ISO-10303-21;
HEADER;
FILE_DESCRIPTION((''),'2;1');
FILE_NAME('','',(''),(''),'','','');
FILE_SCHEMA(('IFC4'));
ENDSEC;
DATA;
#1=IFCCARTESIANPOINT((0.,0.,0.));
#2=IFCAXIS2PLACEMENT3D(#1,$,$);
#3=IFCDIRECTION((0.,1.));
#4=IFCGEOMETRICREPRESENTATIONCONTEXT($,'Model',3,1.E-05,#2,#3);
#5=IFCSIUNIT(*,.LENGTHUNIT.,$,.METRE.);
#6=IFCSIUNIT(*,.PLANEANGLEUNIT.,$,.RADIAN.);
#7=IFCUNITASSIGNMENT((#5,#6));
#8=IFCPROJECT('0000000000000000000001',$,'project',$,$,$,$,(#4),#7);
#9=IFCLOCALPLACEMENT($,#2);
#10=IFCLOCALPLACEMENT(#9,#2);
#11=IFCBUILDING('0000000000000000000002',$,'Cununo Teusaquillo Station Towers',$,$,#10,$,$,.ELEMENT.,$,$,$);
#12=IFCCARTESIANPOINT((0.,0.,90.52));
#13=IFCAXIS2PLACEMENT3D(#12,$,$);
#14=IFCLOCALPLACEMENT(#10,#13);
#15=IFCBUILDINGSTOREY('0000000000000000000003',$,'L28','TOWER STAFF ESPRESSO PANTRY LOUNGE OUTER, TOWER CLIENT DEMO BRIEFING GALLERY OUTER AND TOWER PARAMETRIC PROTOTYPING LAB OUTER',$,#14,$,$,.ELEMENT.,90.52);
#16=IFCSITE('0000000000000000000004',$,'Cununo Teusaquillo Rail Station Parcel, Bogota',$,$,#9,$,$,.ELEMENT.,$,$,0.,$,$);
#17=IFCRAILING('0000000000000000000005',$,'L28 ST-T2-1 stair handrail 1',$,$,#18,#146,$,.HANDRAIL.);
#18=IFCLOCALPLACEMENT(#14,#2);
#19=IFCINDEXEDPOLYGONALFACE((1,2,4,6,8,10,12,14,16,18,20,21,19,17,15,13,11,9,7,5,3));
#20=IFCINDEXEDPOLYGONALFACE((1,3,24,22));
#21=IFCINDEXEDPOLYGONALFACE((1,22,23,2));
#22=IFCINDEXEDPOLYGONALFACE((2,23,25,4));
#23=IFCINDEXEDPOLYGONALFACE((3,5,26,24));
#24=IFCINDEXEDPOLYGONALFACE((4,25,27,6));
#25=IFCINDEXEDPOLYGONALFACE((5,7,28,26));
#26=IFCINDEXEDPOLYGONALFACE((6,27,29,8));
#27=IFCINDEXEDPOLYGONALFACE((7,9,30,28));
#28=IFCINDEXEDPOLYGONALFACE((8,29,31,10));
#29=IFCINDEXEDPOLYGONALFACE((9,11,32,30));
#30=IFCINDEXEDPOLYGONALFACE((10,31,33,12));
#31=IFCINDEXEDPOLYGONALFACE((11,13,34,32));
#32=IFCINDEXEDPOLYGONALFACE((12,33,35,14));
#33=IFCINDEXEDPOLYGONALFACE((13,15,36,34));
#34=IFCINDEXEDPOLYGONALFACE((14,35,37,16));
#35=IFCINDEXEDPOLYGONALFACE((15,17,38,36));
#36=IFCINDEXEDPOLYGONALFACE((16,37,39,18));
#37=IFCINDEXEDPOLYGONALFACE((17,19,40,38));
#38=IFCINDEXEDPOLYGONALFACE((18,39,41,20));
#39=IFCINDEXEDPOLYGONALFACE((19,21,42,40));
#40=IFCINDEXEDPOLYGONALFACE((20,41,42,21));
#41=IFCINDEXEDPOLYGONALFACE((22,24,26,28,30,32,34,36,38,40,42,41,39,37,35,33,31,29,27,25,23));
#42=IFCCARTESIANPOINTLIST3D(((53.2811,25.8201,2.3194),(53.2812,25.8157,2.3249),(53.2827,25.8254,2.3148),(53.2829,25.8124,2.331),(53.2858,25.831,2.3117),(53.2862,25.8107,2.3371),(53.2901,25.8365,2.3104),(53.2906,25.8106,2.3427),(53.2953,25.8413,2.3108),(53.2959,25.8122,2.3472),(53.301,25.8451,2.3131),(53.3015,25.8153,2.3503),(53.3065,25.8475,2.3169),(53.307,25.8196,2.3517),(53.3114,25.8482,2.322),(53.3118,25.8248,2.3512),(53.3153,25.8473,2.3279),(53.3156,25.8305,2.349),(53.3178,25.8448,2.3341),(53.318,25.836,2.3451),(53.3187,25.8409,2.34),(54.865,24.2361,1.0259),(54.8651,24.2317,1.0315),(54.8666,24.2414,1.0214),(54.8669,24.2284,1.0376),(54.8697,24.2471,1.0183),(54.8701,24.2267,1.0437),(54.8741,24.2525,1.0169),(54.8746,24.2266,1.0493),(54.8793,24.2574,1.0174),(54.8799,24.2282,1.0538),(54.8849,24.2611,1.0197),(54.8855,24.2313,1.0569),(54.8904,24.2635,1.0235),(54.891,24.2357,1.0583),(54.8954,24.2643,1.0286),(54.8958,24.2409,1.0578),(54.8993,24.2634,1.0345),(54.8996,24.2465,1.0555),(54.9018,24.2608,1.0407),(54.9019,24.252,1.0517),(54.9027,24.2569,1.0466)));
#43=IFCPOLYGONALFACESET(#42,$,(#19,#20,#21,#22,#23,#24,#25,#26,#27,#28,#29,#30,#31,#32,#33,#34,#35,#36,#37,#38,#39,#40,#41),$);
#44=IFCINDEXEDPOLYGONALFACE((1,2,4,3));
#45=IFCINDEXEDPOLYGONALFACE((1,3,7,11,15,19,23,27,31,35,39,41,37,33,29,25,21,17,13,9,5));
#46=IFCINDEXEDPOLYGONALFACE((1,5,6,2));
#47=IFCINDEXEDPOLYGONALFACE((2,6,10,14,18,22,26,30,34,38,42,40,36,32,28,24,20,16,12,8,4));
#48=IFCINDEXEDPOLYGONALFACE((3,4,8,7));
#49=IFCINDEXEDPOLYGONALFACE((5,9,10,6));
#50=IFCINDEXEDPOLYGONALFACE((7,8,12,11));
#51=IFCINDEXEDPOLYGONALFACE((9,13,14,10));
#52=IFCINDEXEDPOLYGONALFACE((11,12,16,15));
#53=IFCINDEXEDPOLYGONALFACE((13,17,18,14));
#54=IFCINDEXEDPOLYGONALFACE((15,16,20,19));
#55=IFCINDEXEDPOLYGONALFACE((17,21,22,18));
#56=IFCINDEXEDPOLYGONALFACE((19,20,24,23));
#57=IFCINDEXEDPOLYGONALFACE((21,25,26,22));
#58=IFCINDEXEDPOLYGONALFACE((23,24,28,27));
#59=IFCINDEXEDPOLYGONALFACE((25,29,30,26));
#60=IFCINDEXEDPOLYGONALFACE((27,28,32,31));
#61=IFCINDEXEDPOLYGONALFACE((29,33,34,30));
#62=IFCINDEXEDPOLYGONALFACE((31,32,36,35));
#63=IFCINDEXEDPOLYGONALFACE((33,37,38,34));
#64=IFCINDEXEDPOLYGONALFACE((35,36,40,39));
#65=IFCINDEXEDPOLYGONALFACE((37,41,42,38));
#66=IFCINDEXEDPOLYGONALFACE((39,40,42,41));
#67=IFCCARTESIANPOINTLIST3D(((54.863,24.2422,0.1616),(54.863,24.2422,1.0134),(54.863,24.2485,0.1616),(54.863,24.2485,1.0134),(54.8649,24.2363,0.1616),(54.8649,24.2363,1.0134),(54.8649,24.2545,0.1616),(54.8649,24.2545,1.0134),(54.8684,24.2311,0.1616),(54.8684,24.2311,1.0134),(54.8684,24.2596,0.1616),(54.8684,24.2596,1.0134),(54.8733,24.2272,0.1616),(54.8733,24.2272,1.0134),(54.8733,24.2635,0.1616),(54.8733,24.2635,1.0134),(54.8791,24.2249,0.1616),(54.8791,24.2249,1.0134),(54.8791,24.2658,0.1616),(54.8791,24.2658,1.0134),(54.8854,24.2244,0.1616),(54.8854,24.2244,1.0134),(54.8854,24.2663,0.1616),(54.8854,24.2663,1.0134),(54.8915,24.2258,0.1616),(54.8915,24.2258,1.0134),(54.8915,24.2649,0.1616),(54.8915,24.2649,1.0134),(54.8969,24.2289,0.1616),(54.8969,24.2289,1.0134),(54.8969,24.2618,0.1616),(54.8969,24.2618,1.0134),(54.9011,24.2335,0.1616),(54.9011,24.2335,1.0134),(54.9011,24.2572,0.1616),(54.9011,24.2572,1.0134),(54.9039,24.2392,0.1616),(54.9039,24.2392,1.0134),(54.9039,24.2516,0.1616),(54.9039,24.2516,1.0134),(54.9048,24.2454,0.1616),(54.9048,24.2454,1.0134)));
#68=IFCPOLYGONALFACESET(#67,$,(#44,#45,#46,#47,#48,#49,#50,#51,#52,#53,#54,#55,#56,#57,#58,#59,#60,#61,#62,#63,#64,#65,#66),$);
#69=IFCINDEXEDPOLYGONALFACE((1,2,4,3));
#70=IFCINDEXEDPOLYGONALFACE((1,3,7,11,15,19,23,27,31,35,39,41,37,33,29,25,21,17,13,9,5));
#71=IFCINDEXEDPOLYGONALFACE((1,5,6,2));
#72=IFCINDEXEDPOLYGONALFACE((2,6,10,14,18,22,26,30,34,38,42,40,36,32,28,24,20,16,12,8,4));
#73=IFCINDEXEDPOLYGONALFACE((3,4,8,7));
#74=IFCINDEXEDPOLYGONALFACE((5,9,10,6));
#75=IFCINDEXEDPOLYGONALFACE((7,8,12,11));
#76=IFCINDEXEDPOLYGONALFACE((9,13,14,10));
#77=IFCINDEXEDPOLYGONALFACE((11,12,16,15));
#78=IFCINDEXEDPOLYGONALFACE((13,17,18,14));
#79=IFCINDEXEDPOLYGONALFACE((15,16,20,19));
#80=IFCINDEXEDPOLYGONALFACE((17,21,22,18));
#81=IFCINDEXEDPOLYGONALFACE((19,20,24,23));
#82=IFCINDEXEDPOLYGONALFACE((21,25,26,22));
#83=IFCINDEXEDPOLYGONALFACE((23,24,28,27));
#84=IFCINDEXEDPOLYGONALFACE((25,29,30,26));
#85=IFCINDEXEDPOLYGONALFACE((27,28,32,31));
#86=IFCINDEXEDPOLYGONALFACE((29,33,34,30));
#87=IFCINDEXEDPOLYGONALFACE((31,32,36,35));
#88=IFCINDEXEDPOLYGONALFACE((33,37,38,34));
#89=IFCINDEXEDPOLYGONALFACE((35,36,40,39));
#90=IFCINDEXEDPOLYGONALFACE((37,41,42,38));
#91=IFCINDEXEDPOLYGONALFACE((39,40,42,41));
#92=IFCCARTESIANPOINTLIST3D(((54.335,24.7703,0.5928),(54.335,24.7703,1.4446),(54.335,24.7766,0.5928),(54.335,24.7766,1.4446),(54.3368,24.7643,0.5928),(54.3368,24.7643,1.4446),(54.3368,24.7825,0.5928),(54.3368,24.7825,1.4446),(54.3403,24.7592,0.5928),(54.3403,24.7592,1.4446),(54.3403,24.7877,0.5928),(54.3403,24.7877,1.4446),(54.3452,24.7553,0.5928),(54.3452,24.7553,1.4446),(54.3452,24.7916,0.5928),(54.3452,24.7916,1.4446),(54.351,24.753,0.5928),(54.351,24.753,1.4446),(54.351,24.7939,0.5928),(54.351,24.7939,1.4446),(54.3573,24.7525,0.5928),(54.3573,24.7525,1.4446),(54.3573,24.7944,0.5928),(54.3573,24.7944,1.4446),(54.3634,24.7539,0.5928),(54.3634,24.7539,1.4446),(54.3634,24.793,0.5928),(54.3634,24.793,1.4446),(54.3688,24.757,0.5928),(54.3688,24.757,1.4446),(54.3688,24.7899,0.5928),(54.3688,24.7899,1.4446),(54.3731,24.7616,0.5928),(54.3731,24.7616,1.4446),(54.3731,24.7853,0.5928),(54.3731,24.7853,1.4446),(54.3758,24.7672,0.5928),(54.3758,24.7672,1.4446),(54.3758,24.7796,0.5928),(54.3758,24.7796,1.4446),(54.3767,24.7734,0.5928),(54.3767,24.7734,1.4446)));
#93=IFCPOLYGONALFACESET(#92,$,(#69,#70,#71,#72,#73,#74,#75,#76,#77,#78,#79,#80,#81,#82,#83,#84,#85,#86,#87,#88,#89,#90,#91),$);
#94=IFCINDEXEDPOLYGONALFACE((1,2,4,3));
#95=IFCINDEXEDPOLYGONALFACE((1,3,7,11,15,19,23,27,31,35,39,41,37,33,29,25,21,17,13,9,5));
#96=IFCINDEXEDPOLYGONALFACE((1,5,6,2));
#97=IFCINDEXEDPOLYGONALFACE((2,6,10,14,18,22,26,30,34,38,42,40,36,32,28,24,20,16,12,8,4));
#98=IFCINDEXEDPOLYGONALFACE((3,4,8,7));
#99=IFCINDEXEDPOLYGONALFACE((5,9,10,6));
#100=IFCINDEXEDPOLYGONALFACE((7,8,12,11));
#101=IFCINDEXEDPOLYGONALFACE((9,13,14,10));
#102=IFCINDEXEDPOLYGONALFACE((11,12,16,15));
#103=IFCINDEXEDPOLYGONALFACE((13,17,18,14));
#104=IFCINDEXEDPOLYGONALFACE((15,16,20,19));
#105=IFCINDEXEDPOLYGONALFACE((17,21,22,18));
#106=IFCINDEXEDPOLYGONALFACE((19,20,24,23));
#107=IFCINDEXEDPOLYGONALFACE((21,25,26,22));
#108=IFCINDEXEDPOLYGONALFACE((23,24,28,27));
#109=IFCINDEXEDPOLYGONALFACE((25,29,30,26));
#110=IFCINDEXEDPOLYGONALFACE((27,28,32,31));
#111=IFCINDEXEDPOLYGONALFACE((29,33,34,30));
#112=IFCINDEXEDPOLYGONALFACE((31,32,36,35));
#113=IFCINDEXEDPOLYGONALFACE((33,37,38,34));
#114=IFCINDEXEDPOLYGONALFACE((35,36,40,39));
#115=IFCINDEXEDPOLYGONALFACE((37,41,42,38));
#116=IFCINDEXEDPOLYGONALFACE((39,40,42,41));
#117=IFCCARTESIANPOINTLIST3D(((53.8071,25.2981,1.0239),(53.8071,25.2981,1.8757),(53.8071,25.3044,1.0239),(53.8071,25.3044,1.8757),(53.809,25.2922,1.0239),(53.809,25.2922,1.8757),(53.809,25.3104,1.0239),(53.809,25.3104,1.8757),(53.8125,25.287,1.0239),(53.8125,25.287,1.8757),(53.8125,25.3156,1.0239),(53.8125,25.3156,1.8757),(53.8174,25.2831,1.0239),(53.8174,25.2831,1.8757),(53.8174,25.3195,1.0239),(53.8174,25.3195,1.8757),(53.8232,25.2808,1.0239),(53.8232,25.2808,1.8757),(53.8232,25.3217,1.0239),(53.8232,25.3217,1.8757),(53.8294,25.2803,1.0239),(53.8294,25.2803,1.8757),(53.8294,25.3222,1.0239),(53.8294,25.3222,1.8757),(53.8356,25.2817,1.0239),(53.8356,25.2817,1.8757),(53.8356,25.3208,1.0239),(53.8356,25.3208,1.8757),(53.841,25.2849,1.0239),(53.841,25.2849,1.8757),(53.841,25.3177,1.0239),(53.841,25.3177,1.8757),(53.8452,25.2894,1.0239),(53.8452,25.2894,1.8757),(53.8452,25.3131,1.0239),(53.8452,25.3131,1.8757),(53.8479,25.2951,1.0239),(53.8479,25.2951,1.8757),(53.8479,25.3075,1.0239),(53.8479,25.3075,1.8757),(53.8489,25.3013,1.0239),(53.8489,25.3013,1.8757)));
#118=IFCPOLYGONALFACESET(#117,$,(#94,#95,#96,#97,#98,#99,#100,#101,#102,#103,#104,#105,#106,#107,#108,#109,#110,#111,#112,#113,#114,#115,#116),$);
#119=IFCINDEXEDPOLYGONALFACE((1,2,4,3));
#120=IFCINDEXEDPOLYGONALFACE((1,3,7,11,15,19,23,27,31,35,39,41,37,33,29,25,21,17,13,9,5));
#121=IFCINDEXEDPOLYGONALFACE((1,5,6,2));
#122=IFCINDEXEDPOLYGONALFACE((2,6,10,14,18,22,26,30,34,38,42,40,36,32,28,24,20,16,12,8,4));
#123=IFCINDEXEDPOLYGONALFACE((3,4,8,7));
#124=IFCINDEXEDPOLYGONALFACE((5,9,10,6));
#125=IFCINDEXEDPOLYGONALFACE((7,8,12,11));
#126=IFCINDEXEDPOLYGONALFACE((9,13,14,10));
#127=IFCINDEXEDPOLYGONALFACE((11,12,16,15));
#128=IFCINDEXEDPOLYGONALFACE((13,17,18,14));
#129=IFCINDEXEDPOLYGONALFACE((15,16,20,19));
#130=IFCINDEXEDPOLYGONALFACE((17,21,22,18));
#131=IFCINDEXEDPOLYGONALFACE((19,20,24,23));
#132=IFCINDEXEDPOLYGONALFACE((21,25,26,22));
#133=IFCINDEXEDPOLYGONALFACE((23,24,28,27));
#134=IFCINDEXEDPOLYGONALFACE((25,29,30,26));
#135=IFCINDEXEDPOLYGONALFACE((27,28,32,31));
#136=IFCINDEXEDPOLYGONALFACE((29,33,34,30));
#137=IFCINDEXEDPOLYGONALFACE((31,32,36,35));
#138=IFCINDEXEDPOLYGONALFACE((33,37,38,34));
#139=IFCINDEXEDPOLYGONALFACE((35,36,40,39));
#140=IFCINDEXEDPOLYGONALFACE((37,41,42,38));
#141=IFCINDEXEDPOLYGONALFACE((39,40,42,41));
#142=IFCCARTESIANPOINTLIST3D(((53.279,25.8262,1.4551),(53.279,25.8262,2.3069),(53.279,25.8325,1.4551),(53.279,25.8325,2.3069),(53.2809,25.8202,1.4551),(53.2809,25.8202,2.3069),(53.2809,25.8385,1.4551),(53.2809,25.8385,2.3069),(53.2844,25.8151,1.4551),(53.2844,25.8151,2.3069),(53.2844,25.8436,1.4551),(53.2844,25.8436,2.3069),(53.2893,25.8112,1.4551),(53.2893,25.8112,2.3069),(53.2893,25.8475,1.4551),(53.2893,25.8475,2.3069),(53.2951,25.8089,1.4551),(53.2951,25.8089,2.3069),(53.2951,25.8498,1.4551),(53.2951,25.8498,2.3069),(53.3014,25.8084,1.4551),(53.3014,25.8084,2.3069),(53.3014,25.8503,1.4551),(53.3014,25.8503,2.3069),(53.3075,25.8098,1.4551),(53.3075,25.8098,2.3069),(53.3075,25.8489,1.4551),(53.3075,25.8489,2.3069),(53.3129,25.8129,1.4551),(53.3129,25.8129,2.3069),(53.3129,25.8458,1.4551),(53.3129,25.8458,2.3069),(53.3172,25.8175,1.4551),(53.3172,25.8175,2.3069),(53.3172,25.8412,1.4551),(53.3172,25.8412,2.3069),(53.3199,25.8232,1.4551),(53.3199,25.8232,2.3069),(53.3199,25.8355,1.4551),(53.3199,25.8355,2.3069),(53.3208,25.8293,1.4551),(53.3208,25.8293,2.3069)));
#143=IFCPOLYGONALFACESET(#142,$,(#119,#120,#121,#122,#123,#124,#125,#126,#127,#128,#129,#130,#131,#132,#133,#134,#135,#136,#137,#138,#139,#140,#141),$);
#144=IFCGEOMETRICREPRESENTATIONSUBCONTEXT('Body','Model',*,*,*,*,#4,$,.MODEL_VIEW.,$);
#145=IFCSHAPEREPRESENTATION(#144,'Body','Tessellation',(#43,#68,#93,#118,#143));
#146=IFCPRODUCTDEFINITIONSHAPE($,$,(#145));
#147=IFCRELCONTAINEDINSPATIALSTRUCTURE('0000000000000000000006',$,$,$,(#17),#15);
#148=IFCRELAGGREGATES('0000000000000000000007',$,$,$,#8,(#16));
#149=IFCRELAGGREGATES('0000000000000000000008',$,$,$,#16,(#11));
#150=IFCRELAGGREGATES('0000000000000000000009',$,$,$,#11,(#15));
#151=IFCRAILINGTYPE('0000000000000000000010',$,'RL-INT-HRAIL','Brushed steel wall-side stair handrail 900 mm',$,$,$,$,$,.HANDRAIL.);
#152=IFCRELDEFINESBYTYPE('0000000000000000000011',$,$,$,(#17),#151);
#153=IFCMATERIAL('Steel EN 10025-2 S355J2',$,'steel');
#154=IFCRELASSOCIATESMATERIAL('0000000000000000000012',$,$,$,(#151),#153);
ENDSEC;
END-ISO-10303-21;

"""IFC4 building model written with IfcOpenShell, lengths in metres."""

from ifc_helpers import new_model, si_unit, direction, frame, origin, origin_2d, place, context, subcontext, project, spatial, circle, extrude, material, type_object, element, save


model = new_model("IFC4")

# Units and contexts
model_context = context("Model", 3, precision=1e-05, world=origin(), true_north=direction((0.0, 1.0)))
body_context = subcontext(model_context, "Body", "Model", "MODEL_VIEW")
ifc_project = project(units=[si_unit("LENGTHUNIT", "METRE"), si_unit("PLANEANGLEUNIT", "RADIAN")], contexts=[model_context])

# Site, building, storey
site_placement = place(None, origin())
site = spatial("IfcSite", under=ifc_project, at=site_placement, Name="Cununo Teusaquillo Rail Station Parcel, Bogota", CompositionType="ELEMENT", RefElevation=0.0)
building_placement = place(site_placement, origin())
building = spatial("IfcBuilding", under=site, at=building_placement, Name="Cununo Teusaquillo Station Towers", CompositionType="ELEMENT")
storey_placement = place(building_placement, frame((0.0, 0.0, 90.52)))
storey = spatial("IfcBuildingStorey", under=building, at=storey_placement, Name="L28", Description="TOWER STAFF ESPRESSO PANTRY LOUNGE OUTER, TOWER CLIENT DEMO BRIEFING GALLERY OUTER AND TOWER PARAMETRIC PROTOTYPING LAB OUTER", CompositionType="ELEMENT", Elevation=90.52)

# Railing
ifc_material_1 = material(Name="Steel EN 10025-2 S355J2", Category="steel")
railing_type_1 = type_object("IfcRailingType", Name="RL-INT-HRAIL", Description="Brushed steel wall-side stair handrail 900 mm", PredefinedType="HANDRAIL", material=ifc_material_1)
railing_1_placement = place(storey_placement, frame((54.8838, 24.2454, 0.1616)))
element("IfcRailing", 1, at=railing_1_placement, inside=storey, type_object=railing_type_1, Name="L28 ST-T2-1 stair handrail 1", PredefinedType="HANDRAIL", context=body_context, shape_type="SweptSolid", body=[
    extrude(circle(Radius=0.0239, at=origin_2d()), frame((0.0, 0.0, 0.876), z_axis=(-0.612356, 0.612356, 0.50004), x_axis=(-0.707107, -0.707107, 0.0)), (0.0, 0.0, 1.0), 2.5867),
    extrude(circle(Radius=0.021, at=origin_2d()), origin(), (0.0, 0.0, 1.0), 0.8518),
    extrude(circle(Radius=0.021, at=origin_2d()), frame((-0.5281, 0.5281, 0.4312)), (0.0, 0.0, 1.0), 0.8518),
    extrude(circle(Radius=0.021, at=origin_2d()), frame((-1.0559, 1.0559, 0.8623)), (0.0, 0.0, 1.0), 0.8518),
    extrude(circle(Radius=0.021, at=origin_2d()), frame((-1.584, 1.584, 1.2935)), (0.0, 0.0, 1.0), 0.8518),
])

save(model, "model.ifc")
